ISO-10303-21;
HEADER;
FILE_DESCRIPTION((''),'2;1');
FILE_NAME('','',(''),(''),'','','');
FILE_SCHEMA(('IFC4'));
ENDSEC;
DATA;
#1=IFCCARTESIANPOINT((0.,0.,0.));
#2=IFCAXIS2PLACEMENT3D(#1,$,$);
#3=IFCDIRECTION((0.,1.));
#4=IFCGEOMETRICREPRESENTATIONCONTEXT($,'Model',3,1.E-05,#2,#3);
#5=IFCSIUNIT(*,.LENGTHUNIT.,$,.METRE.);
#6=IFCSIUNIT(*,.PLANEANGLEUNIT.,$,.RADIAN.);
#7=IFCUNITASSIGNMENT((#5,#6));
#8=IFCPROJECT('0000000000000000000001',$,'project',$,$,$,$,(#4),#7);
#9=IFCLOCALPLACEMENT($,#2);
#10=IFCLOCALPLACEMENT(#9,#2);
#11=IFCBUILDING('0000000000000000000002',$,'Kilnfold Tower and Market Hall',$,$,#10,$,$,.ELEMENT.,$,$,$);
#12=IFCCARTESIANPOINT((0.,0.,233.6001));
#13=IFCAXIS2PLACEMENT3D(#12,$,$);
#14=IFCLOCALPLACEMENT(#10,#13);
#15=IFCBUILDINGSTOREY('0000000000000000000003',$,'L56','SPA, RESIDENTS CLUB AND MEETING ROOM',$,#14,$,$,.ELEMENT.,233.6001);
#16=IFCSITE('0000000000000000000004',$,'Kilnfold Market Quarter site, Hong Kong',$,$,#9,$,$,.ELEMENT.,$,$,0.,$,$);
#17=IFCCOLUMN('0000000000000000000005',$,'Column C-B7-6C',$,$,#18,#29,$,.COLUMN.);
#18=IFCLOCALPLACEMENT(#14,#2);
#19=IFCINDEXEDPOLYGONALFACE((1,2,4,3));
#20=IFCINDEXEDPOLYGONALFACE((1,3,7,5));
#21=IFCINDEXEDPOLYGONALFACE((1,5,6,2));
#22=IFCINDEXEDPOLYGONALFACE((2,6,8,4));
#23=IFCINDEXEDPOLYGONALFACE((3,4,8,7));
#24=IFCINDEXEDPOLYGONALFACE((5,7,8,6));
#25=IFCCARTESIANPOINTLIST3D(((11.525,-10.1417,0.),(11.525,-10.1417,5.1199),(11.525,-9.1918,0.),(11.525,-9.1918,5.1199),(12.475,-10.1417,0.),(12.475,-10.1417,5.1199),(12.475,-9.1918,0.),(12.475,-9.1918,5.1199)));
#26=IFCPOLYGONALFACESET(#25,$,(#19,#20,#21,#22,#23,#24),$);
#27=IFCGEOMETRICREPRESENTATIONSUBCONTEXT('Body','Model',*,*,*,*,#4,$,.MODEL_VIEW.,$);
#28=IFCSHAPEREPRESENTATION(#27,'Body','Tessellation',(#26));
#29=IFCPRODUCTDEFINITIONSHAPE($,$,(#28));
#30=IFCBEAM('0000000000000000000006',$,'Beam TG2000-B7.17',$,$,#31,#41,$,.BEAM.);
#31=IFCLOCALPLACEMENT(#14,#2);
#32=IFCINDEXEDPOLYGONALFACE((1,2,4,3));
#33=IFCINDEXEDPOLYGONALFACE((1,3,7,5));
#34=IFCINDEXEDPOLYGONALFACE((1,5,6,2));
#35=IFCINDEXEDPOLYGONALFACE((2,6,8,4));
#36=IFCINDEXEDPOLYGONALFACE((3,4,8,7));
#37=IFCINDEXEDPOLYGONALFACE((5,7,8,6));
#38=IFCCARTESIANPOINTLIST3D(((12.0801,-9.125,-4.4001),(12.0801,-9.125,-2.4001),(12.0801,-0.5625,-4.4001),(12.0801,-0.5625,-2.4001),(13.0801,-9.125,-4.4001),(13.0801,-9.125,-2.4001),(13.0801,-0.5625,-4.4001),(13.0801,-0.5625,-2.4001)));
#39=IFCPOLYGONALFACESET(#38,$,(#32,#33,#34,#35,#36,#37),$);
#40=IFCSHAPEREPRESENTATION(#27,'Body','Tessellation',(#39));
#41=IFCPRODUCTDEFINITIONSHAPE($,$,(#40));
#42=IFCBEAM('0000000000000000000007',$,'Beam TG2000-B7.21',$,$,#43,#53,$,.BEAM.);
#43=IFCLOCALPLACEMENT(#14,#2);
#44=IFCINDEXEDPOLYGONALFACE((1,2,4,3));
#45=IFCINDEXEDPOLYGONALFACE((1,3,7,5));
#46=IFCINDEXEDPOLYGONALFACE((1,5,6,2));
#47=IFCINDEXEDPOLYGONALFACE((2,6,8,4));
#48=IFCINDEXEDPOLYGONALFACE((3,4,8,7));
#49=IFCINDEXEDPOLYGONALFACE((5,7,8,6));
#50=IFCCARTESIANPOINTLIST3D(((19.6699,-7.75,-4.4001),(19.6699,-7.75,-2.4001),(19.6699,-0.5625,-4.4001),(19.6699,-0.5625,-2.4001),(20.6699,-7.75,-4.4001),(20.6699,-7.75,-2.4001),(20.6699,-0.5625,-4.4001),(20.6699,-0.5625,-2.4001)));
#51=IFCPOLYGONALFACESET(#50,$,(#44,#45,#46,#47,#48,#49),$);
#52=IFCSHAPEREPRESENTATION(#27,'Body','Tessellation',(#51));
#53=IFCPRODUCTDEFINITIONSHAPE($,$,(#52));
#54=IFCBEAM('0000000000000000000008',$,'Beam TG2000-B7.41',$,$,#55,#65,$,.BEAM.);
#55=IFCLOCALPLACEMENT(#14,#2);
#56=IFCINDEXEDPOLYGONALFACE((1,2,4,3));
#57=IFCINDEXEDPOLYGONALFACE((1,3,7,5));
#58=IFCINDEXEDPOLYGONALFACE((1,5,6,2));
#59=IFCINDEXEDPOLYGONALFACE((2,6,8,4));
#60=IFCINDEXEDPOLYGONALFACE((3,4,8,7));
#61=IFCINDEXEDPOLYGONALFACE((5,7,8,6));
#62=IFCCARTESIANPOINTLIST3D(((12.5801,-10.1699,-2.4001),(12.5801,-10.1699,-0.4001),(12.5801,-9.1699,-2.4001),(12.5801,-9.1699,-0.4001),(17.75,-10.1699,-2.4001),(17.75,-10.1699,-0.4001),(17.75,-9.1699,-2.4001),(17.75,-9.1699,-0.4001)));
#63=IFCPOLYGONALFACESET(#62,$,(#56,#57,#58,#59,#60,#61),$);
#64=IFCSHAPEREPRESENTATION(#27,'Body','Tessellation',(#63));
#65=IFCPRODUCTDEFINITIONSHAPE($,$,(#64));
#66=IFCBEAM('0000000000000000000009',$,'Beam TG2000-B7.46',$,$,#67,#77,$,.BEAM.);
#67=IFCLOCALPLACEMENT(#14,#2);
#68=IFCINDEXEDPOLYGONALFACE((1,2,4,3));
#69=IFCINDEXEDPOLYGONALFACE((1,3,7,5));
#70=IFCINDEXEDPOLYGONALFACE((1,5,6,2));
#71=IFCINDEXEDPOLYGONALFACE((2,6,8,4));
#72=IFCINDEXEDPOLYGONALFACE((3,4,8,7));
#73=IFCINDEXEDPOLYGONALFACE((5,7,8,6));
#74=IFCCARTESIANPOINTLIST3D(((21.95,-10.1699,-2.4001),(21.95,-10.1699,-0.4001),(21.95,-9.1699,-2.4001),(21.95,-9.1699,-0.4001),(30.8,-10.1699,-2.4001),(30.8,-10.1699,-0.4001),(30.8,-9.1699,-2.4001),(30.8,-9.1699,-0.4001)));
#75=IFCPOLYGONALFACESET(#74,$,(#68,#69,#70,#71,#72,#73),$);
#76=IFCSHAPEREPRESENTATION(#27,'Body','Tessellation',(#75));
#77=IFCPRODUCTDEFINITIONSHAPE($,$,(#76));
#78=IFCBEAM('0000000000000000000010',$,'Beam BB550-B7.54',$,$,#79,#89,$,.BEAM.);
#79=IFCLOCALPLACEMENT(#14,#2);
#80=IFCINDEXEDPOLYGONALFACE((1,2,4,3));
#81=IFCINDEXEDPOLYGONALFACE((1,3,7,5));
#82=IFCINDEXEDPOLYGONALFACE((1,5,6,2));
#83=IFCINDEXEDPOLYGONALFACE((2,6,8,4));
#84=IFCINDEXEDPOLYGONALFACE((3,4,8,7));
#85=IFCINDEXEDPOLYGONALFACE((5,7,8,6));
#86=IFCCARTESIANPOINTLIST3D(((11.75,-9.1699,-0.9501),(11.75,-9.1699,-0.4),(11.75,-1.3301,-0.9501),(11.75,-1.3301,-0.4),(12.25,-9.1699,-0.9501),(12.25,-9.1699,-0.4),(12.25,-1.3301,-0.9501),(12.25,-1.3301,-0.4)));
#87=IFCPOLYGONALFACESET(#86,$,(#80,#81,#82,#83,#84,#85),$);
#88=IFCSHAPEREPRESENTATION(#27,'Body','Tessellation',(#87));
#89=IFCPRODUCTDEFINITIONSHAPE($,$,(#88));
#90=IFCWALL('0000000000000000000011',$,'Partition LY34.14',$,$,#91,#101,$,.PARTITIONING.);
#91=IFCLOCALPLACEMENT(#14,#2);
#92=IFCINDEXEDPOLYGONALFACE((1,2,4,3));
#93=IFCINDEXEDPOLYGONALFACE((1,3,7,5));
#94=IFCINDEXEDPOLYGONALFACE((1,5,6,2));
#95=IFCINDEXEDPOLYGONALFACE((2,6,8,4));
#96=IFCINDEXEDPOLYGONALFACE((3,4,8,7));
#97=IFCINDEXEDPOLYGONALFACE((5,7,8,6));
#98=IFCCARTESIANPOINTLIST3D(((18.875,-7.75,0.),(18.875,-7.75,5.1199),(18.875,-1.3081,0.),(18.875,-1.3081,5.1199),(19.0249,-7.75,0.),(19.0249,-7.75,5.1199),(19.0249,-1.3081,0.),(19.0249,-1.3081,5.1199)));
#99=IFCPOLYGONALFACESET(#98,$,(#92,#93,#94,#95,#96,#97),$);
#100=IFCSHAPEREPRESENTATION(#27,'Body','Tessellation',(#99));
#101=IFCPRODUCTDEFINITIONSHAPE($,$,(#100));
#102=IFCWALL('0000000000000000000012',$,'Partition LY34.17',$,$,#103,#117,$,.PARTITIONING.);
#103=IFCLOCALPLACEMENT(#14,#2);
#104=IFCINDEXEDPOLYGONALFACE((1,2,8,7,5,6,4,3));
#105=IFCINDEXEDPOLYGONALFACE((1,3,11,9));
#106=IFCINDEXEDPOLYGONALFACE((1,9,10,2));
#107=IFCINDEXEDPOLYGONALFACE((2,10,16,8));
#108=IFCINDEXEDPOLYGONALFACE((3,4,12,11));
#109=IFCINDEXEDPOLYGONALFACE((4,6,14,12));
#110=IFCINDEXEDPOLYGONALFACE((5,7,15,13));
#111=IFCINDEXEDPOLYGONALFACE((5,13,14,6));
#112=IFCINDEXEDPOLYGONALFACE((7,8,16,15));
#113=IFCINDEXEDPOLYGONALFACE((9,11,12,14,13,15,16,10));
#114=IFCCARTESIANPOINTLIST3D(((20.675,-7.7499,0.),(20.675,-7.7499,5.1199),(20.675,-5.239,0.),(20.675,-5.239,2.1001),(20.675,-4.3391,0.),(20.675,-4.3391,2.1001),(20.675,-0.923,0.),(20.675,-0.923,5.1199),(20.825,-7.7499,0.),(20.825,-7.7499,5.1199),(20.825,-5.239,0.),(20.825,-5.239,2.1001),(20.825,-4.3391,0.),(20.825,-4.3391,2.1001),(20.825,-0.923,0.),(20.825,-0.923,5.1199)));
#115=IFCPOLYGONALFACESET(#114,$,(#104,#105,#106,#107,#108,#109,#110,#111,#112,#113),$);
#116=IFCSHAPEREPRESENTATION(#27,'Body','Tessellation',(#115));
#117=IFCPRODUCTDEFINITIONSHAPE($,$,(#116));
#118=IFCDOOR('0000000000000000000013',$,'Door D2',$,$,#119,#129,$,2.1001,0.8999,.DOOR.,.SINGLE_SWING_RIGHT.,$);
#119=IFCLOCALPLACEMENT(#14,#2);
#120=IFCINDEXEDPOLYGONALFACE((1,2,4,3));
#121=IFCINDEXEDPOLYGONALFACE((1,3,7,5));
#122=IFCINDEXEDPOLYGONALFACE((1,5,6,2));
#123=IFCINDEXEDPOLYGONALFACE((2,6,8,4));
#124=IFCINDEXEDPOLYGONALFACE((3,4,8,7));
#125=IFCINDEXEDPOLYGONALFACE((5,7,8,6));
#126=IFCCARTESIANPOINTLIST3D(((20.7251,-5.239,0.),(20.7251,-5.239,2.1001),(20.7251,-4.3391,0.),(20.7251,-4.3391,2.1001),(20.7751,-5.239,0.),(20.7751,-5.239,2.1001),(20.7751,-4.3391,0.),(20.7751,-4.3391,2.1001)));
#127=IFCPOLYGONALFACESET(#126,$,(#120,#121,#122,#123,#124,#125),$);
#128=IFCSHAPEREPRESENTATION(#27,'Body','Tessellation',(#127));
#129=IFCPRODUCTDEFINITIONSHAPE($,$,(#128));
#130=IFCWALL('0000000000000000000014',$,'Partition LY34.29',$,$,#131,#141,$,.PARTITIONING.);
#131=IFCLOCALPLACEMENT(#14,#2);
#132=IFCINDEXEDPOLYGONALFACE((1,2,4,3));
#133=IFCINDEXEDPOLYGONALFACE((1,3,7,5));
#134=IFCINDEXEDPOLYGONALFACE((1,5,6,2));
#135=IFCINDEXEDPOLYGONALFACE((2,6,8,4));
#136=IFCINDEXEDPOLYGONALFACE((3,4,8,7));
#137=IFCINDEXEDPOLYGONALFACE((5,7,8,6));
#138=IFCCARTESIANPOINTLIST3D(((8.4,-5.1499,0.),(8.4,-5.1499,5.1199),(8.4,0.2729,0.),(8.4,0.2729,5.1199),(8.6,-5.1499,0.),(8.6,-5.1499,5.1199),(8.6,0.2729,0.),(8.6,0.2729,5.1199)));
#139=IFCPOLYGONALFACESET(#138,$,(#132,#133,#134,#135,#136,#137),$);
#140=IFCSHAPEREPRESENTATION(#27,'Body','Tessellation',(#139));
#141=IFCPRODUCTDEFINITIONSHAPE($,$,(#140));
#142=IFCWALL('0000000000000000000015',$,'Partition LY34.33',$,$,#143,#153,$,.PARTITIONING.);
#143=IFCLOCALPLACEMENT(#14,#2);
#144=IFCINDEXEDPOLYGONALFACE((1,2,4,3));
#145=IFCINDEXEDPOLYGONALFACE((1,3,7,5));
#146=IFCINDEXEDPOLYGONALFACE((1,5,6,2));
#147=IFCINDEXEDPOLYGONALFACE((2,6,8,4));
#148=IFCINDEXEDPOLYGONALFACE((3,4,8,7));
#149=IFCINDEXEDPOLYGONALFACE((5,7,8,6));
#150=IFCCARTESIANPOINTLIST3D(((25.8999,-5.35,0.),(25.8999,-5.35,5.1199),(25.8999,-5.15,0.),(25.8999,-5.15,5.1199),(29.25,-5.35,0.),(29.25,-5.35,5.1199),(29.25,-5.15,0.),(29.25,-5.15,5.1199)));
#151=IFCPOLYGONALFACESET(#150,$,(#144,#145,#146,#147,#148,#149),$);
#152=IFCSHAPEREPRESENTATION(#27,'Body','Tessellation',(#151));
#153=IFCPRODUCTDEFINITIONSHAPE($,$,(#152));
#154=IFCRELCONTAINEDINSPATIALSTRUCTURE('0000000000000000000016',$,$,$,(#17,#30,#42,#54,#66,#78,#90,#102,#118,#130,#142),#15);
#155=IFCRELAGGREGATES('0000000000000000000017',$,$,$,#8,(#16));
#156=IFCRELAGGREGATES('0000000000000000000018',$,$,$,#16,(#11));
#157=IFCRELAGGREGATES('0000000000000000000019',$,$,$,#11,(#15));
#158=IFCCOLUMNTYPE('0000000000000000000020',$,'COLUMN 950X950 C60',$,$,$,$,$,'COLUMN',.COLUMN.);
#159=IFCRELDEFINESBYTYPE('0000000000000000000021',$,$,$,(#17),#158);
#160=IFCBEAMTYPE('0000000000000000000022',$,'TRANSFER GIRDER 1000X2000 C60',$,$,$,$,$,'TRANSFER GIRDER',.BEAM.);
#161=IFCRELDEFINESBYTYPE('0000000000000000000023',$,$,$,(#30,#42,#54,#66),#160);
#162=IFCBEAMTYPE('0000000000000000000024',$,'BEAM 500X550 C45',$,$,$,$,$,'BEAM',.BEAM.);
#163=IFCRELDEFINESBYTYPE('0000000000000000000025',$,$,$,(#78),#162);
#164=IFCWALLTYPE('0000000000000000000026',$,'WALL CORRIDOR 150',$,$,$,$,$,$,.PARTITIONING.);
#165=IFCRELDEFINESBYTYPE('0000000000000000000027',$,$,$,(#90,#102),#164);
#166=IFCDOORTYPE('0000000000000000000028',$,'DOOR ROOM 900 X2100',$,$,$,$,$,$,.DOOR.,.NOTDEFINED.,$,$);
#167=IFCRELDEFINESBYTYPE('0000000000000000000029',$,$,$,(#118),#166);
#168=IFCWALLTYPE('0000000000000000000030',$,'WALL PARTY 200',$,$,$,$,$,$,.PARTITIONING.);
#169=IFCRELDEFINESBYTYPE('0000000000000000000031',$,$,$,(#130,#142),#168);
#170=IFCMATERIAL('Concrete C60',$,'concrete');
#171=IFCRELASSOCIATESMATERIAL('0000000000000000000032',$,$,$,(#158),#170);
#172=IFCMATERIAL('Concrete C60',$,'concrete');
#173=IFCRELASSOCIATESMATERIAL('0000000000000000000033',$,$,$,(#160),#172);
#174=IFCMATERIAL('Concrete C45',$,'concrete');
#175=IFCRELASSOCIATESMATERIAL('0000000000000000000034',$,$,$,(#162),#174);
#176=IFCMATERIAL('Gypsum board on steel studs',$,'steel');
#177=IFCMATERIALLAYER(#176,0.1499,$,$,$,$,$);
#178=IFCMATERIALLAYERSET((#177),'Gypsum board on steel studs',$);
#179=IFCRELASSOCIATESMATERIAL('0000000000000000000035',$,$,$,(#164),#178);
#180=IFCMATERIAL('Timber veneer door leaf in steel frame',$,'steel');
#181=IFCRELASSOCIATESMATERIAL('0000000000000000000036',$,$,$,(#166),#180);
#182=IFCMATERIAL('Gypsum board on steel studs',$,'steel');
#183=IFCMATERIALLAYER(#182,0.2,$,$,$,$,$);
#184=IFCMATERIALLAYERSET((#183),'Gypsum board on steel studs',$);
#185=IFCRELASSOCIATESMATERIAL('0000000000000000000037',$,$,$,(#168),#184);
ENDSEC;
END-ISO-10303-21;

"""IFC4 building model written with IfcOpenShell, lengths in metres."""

from ifc_helpers import new_model, si_unit, direction, frame, frame_2d, origin, origin_2d, place, context, subcontext, project, spatial, rectangle, extrude, source, transform, mapped, material, layer, layer_set, material_profile, profile_set, type_object, element, fill, save


model = new_model("IFC4")

# Units and contexts
model_context = context("Model", 3, precision=1e-05, world=origin(), true_north=direction((0.0, 1.0)))
body_context = subcontext(model_context, "Body", "Model", "MODEL_VIEW")
ifc_project = project(units=[si_unit("LENGTHUNIT", "METRE"), si_unit("PLANEANGLEUNIT", "RADIAN")], contexts=[model_context])

# Site, building, storey
site_placement = place(None, origin())
site = spatial("IfcSite", under=ifc_project, at=site_placement, Name="Kilnfold Market Quarter site, Hong Kong", CompositionType="ELEMENT", RefElevation=0.0)
building_placement = place(site_placement, origin())
building = spatial("IfcBuilding", under=site, at=building_placement, Name="Kilnfold Tower and Market Hall", CompositionType="ELEMENT")
storey_placement = place(building_placement, frame((0.0, 0.0, 233.6001)))
storey = spatial("IfcBuildingStorey", under=building, at=storey_placement, Name="L56", Description="SPA, RESIDENTS CLUB AND MEETING ROOM", CompositionType="ELEMENT", Elevation=233.6001)

# Column
ifc_material_1 = material(Name="Concrete C60", Category="concrete")
ifc_material_profile_1 = material_profile(ifc_material_1, rectangle(XDim=0.95, YDim=0.95, at=origin_2d()), Name="RC 950x950")
ifc_profile_set_1 = profile_set([ifc_material_profile_1], Name="Concrete C60")
column_type = type_object("IfcColumnType", Name="COLUMN 950X950 C60", ElementType="COLUMN", PredefinedType="COLUMN", material=ifc_profile_set_1)
shared_shape_1 = source(origin(), body_context, "Body", "SweptSolid", [
    extrude(rectangle(XDim=0.95, YDim=0.95, at=origin_2d()), origin(), (0.0, 0.0, 1.0), 5.1199),
])
column_placement = place(storey_placement, frame((12.0, -9.6667, 0.0), z_axis=(0.0, 0.0, 1.0), x_axis=(1.0, 0.0, 0.0)))
element("IfcColumn", 1, at=column_placement, inside=storey, type_object=column_type, Name="Column C-B7-6C", PredefinedType="COLUMN", context=body_context, shape_type="MappedRepresentation", body=[
    mapped(shared_shape_1, transform((0.0, 0.0, 0.0))),
])

# Beams
ifc_material_2 = material(Name="Concrete C60", Category="concrete")
ifc_material_profile_2 = material_profile(ifc_material_2, rectangle(XDim=1.0, YDim=2.0, at=origin_2d()), Name="RC 1000x2000")
ifc_profile_set_2 = profile_set([ifc_material_profile_2], Name="Concrete C60")
beam_type_1 = type_object("IfcBeamType", Name="TRANSFER GIRDER 1000X2000 C60", ElementType="TRANSFER GIRDER", PredefinedType="BEAM", material=ifc_profile_set_2)
shared_shape_2 = source(origin(), body_context, "Body", "SweptSolid", [
    extrude(rectangle(XDim=1.0, YDim=2.0, at=origin_2d()), origin(), (0.0, 0.0, 1.0), 8.5625),
])
beam_1_placement = place(storey_placement, frame((12.5801, -9.125, -3.4001), z_axis=(0.0, 1.0, 0.0), x_axis=(-1.0, 0.0, 0.0)))
element("IfcBeam", 2, at=beam_1_placement, inside=storey, type_object=beam_type_1, Name="Beam TG2000-B7.17", PredefinedType="BEAM", context=body_context, shape_type="MappedRepresentation", body=[
    mapped(shared_shape_2, transform((0.0, 0.0, 0.0))),
])
shared_shape_3 = source(origin(), body_context, "Body", "SweptSolid", [
    extrude(rectangle(XDim=1.0, YDim=2.0, at=origin_2d()), origin(), (0.0, 0.0, 1.0), 7.1875),
])
beam_2_placement = place(storey_placement, frame((20.1699, -7.75, -3.4001), z_axis=(0.0, 1.0, 0.0), x_axis=(-1.0, 0.0, 0.0)))
element("IfcBeam", 3, at=beam_2_placement, inside=storey, type_object=beam_type_1, Name="Beam TG2000-B7.21", PredefinedType="BEAM", context=body_context, shape_type="MappedRepresentation", body=[
    mapped(shared_shape_3, transform((0.0, 0.0, 0.0))),
])
shared_shape_4 = source(origin(), body_context, "Body", "SweptSolid", [
    extrude(rectangle(XDim=1.0, YDim=2.0, at=origin_2d()), origin(), (0.0, 0.0, 1.0), 5.1699),
])
beam_3_placement = place(storey_placement, frame((12.5801, -9.6699, -1.4001), z_axis=(1.0, 0.0, 0.0), x_axis=(0.0, 1.0, 0.0)))
element("IfcBeam", 4, at=beam_3_placement, inside=storey, type_object=beam_type_1, Name="Beam TG2000-B7.41", PredefinedType="BEAM", context=body_context, shape_type="MappedRepresentation", body=[
    mapped(shared_shape_4, transform((0.0, 0.0, 0.0))),
])
shared_shape_5 = source(origin(), body_context, "Body", "SweptSolid", [
    extrude(rectangle(XDim=1.0, YDim=2.0, at=origin_2d()), origin(), (0.0, 0.0, 1.0), 8.8501),
])
beam_4_placement = place(storey_placement, frame((21.95, -9.6699, -1.4001), z_axis=(1.0, 0.0, 0.0), x_axis=(0.0, 1.0, 0.0)))
element("IfcBeam", 5, at=beam_4_placement, inside=storey, type_object=beam_type_1, Name="Beam TG2000-B7.46", PredefinedType="BEAM", context=body_context, shape_type="MappedRepresentation", body=[
    mapped(shared_shape_5, transform((0.0, 0.0, 0.0))),
])
ifc_material_3 = material(Name="Concrete C45", Category="concrete")
ifc_material_profile_3 = material_profile(ifc_material_3, rectangle(XDim=0.5, YDim=0.55, at=origin_2d()), Name="RC 500x550")
ifc_profile_set_3 = profile_set([ifc_material_profile_3], Name="Concrete C45")
beam_type_2 = type_object("IfcBeamType", Name="BEAM 500X550 C45", ElementType="BEAM", PredefinedType="BEAM", material=ifc_profile_set_3)
shared_shape_6 = source(origin(), body_context, "Body", "SweptSolid", [
    extrude(rectangle(XDim=0.5, YDim=0.55, at=origin_2d()), origin(), (0.0, 0.0, 1.0), 7.8398),
])
beam_5_placement = place(storey_placement, frame((12.0, -9.1699, -0.675), z_axis=(0.0, 1.0, 0.0), x_axis=(-1.0, 0.0, 0.0)))
element("IfcBeam", 6, at=beam_5_placement, inside=storey, type_object=beam_type_2, Name="Beam BB550-B7.54", PredefinedType="BEAM", context=body_context, shape_type="MappedRepresentation", body=[
    mapped(shared_shape_6, transform((0.0, 0.0, 0.0))),
])

# Wall
ifc_material_4 = material(Name="Gypsum board on steel studs", Category="steel")
ifc_layer_1 = layer(ifc_material_4, 0.1499)
ifc_layer_set_1 = layer_set([ifc_layer_1], Name="Gypsum board on steel studs")
wall_type_1 = type_object("IfcWallType", Name="WALL CORRIDOR 150", PredefinedType="PARTITIONING", material=ifc_layer_set_1)
wall_1_placement = place(storey_placement, frame((18.95, -7.75, 0.0), z_axis=(0.0, 0.0, 1.0), x_axis=(0.0, 1.0, 0.0)))
element("IfcWall", 7, at=wall_1_placement, inside=storey, type_object=wall_type_1, Name="Partition LY34.14", PredefinedType="PARTITIONING", context=body_context, shape_type="SweptSolid", body=[
    extrude(rectangle(XDim=6.4419, YDim=0.1499, at=frame_2d((3.2209, 0.0))), origin(), (0.0, 0.0, 1.0), 5.1199),
])

# Wall, opening, door
wall_2_placement = place(storey_placement, frame((20.75, -7.75, 0.0), z_axis=(0.0, 0.0, 1.0), x_axis=(0.0, 1.0, 0.0)))
wall_2 = element("IfcWall", 8, at=wall_2_placement, inside=storey, type_object=wall_type_1, Name="Partition LY34.17", PredefinedType="PARTITIONING", context=body_context, shape_type="SweptSolid", body=[
    extrude(rectangle(XDim=6.8269, YDim=0.1499, at=frame_2d((3.4136, 0.0))), origin(), (0.0, 0.0, 1.0), 5.1199),
])
opening_1_placement = place(wall_2_placement, frame((2.511, 0.0, 0.0)))
opening_1 = element("IfcOpeningElement", 9, at=opening_1_placement, cuts=wall_2, PredefinedType="OPENING", context=body_context, shape_type="SweptSolid", body=[
    extrude(rectangle(XDim=0.8999, YDim=2.1001, at=frame_2d((0.45, 1.05))), frame((0.0, 0.085, 0.0), z_axis=(0.0, -1.0, 0.0), x_axis=(1.0, 0.0, 0.0)), (0.0, 0.0, 1.0), 0.1699),
])
ifc_material_5 = material(Name="Timber veneer door leaf in steel frame", Category="steel")
door_type_1 = type_object("IfcDoorType", Name="DOOR ROOM 900 X2100", OperationType="NOTDEFINED", PredefinedType="DOOR", material=ifc_material_5)
door_1_placement = place(opening_1_placement, origin())
door_1 = element("IfcDoor", 10, at=door_1_placement, inside=storey, type_object=door_type_1, Name="Door D2", OperationType="SINGLE_SWING_RIGHT", OverallHeight=2.1001, OverallWidth=0.8999, PredefinedType="DOOR", context=body_context, shape_type="SweptSolid", body=[
    extrude(rectangle(XDim=0.8999, YDim=2.1001, at=frame_2d((0.45, 1.05))), frame((0.0, 0.0249, 0.0), z_axis=(0.0, -1.0, 0.0), x_axis=(1.0, 0.0, 0.0)), (0.0, 0.0, 1.0), 0.05),
])
fill(opening_1, door_1)

# Walls
ifc_material_6 = material(Name="Gypsum board on steel studs", Category="steel")
ifc_layer_2 = layer(ifc_material_6, 0.2)
ifc_layer_set_2 = layer_set([ifc_layer_2], Name="Gypsum board on steel studs")
wall_type_2 = type_object("IfcWallType", Name="WALL PARTY 200", PredefinedType="PARTITIONING", material=ifc_layer_set_2)
wall_3_placement = place(storey_placement, frame((8.5, -5.1499, 0.0), z_axis=(0.0, 0.0, 1.0), x_axis=(0.0, 1.0, 0.0)))
element("IfcWall", 11, at=wall_3_placement, inside=storey, type_object=wall_type_2, Name="Partition LY34.29", PredefinedType="PARTITIONING", context=body_context, shape_type="SweptSolid", body=[
    extrude(rectangle(XDim=5.4229, YDim=0.2, at=frame_2d((2.7114, 0.0))), origin(), (0.0, 0.0, 1.0), 5.1199),
])
wall_4_placement = place(storey_placement, frame((25.8999, -5.25, 0.0), z_axis=(0.0, 0.0, 1.0), x_axis=(1.0, 0.0, 0.0)))
element("IfcWall", 12, at=wall_4_placement, inside=storey, type_object=wall_type_2, Name="Partition LY34.33", PredefinedType="PARTITIONING", context=body_context, shape_type="SweptSolid", body=[
    extrude(rectangle(XDim=3.3501, YDim=0.2, at=frame_2d((1.675, 0.0))), origin(), (0.0, 0.0, 1.0), 5.1199),
])

save(model, "model.ifc")
